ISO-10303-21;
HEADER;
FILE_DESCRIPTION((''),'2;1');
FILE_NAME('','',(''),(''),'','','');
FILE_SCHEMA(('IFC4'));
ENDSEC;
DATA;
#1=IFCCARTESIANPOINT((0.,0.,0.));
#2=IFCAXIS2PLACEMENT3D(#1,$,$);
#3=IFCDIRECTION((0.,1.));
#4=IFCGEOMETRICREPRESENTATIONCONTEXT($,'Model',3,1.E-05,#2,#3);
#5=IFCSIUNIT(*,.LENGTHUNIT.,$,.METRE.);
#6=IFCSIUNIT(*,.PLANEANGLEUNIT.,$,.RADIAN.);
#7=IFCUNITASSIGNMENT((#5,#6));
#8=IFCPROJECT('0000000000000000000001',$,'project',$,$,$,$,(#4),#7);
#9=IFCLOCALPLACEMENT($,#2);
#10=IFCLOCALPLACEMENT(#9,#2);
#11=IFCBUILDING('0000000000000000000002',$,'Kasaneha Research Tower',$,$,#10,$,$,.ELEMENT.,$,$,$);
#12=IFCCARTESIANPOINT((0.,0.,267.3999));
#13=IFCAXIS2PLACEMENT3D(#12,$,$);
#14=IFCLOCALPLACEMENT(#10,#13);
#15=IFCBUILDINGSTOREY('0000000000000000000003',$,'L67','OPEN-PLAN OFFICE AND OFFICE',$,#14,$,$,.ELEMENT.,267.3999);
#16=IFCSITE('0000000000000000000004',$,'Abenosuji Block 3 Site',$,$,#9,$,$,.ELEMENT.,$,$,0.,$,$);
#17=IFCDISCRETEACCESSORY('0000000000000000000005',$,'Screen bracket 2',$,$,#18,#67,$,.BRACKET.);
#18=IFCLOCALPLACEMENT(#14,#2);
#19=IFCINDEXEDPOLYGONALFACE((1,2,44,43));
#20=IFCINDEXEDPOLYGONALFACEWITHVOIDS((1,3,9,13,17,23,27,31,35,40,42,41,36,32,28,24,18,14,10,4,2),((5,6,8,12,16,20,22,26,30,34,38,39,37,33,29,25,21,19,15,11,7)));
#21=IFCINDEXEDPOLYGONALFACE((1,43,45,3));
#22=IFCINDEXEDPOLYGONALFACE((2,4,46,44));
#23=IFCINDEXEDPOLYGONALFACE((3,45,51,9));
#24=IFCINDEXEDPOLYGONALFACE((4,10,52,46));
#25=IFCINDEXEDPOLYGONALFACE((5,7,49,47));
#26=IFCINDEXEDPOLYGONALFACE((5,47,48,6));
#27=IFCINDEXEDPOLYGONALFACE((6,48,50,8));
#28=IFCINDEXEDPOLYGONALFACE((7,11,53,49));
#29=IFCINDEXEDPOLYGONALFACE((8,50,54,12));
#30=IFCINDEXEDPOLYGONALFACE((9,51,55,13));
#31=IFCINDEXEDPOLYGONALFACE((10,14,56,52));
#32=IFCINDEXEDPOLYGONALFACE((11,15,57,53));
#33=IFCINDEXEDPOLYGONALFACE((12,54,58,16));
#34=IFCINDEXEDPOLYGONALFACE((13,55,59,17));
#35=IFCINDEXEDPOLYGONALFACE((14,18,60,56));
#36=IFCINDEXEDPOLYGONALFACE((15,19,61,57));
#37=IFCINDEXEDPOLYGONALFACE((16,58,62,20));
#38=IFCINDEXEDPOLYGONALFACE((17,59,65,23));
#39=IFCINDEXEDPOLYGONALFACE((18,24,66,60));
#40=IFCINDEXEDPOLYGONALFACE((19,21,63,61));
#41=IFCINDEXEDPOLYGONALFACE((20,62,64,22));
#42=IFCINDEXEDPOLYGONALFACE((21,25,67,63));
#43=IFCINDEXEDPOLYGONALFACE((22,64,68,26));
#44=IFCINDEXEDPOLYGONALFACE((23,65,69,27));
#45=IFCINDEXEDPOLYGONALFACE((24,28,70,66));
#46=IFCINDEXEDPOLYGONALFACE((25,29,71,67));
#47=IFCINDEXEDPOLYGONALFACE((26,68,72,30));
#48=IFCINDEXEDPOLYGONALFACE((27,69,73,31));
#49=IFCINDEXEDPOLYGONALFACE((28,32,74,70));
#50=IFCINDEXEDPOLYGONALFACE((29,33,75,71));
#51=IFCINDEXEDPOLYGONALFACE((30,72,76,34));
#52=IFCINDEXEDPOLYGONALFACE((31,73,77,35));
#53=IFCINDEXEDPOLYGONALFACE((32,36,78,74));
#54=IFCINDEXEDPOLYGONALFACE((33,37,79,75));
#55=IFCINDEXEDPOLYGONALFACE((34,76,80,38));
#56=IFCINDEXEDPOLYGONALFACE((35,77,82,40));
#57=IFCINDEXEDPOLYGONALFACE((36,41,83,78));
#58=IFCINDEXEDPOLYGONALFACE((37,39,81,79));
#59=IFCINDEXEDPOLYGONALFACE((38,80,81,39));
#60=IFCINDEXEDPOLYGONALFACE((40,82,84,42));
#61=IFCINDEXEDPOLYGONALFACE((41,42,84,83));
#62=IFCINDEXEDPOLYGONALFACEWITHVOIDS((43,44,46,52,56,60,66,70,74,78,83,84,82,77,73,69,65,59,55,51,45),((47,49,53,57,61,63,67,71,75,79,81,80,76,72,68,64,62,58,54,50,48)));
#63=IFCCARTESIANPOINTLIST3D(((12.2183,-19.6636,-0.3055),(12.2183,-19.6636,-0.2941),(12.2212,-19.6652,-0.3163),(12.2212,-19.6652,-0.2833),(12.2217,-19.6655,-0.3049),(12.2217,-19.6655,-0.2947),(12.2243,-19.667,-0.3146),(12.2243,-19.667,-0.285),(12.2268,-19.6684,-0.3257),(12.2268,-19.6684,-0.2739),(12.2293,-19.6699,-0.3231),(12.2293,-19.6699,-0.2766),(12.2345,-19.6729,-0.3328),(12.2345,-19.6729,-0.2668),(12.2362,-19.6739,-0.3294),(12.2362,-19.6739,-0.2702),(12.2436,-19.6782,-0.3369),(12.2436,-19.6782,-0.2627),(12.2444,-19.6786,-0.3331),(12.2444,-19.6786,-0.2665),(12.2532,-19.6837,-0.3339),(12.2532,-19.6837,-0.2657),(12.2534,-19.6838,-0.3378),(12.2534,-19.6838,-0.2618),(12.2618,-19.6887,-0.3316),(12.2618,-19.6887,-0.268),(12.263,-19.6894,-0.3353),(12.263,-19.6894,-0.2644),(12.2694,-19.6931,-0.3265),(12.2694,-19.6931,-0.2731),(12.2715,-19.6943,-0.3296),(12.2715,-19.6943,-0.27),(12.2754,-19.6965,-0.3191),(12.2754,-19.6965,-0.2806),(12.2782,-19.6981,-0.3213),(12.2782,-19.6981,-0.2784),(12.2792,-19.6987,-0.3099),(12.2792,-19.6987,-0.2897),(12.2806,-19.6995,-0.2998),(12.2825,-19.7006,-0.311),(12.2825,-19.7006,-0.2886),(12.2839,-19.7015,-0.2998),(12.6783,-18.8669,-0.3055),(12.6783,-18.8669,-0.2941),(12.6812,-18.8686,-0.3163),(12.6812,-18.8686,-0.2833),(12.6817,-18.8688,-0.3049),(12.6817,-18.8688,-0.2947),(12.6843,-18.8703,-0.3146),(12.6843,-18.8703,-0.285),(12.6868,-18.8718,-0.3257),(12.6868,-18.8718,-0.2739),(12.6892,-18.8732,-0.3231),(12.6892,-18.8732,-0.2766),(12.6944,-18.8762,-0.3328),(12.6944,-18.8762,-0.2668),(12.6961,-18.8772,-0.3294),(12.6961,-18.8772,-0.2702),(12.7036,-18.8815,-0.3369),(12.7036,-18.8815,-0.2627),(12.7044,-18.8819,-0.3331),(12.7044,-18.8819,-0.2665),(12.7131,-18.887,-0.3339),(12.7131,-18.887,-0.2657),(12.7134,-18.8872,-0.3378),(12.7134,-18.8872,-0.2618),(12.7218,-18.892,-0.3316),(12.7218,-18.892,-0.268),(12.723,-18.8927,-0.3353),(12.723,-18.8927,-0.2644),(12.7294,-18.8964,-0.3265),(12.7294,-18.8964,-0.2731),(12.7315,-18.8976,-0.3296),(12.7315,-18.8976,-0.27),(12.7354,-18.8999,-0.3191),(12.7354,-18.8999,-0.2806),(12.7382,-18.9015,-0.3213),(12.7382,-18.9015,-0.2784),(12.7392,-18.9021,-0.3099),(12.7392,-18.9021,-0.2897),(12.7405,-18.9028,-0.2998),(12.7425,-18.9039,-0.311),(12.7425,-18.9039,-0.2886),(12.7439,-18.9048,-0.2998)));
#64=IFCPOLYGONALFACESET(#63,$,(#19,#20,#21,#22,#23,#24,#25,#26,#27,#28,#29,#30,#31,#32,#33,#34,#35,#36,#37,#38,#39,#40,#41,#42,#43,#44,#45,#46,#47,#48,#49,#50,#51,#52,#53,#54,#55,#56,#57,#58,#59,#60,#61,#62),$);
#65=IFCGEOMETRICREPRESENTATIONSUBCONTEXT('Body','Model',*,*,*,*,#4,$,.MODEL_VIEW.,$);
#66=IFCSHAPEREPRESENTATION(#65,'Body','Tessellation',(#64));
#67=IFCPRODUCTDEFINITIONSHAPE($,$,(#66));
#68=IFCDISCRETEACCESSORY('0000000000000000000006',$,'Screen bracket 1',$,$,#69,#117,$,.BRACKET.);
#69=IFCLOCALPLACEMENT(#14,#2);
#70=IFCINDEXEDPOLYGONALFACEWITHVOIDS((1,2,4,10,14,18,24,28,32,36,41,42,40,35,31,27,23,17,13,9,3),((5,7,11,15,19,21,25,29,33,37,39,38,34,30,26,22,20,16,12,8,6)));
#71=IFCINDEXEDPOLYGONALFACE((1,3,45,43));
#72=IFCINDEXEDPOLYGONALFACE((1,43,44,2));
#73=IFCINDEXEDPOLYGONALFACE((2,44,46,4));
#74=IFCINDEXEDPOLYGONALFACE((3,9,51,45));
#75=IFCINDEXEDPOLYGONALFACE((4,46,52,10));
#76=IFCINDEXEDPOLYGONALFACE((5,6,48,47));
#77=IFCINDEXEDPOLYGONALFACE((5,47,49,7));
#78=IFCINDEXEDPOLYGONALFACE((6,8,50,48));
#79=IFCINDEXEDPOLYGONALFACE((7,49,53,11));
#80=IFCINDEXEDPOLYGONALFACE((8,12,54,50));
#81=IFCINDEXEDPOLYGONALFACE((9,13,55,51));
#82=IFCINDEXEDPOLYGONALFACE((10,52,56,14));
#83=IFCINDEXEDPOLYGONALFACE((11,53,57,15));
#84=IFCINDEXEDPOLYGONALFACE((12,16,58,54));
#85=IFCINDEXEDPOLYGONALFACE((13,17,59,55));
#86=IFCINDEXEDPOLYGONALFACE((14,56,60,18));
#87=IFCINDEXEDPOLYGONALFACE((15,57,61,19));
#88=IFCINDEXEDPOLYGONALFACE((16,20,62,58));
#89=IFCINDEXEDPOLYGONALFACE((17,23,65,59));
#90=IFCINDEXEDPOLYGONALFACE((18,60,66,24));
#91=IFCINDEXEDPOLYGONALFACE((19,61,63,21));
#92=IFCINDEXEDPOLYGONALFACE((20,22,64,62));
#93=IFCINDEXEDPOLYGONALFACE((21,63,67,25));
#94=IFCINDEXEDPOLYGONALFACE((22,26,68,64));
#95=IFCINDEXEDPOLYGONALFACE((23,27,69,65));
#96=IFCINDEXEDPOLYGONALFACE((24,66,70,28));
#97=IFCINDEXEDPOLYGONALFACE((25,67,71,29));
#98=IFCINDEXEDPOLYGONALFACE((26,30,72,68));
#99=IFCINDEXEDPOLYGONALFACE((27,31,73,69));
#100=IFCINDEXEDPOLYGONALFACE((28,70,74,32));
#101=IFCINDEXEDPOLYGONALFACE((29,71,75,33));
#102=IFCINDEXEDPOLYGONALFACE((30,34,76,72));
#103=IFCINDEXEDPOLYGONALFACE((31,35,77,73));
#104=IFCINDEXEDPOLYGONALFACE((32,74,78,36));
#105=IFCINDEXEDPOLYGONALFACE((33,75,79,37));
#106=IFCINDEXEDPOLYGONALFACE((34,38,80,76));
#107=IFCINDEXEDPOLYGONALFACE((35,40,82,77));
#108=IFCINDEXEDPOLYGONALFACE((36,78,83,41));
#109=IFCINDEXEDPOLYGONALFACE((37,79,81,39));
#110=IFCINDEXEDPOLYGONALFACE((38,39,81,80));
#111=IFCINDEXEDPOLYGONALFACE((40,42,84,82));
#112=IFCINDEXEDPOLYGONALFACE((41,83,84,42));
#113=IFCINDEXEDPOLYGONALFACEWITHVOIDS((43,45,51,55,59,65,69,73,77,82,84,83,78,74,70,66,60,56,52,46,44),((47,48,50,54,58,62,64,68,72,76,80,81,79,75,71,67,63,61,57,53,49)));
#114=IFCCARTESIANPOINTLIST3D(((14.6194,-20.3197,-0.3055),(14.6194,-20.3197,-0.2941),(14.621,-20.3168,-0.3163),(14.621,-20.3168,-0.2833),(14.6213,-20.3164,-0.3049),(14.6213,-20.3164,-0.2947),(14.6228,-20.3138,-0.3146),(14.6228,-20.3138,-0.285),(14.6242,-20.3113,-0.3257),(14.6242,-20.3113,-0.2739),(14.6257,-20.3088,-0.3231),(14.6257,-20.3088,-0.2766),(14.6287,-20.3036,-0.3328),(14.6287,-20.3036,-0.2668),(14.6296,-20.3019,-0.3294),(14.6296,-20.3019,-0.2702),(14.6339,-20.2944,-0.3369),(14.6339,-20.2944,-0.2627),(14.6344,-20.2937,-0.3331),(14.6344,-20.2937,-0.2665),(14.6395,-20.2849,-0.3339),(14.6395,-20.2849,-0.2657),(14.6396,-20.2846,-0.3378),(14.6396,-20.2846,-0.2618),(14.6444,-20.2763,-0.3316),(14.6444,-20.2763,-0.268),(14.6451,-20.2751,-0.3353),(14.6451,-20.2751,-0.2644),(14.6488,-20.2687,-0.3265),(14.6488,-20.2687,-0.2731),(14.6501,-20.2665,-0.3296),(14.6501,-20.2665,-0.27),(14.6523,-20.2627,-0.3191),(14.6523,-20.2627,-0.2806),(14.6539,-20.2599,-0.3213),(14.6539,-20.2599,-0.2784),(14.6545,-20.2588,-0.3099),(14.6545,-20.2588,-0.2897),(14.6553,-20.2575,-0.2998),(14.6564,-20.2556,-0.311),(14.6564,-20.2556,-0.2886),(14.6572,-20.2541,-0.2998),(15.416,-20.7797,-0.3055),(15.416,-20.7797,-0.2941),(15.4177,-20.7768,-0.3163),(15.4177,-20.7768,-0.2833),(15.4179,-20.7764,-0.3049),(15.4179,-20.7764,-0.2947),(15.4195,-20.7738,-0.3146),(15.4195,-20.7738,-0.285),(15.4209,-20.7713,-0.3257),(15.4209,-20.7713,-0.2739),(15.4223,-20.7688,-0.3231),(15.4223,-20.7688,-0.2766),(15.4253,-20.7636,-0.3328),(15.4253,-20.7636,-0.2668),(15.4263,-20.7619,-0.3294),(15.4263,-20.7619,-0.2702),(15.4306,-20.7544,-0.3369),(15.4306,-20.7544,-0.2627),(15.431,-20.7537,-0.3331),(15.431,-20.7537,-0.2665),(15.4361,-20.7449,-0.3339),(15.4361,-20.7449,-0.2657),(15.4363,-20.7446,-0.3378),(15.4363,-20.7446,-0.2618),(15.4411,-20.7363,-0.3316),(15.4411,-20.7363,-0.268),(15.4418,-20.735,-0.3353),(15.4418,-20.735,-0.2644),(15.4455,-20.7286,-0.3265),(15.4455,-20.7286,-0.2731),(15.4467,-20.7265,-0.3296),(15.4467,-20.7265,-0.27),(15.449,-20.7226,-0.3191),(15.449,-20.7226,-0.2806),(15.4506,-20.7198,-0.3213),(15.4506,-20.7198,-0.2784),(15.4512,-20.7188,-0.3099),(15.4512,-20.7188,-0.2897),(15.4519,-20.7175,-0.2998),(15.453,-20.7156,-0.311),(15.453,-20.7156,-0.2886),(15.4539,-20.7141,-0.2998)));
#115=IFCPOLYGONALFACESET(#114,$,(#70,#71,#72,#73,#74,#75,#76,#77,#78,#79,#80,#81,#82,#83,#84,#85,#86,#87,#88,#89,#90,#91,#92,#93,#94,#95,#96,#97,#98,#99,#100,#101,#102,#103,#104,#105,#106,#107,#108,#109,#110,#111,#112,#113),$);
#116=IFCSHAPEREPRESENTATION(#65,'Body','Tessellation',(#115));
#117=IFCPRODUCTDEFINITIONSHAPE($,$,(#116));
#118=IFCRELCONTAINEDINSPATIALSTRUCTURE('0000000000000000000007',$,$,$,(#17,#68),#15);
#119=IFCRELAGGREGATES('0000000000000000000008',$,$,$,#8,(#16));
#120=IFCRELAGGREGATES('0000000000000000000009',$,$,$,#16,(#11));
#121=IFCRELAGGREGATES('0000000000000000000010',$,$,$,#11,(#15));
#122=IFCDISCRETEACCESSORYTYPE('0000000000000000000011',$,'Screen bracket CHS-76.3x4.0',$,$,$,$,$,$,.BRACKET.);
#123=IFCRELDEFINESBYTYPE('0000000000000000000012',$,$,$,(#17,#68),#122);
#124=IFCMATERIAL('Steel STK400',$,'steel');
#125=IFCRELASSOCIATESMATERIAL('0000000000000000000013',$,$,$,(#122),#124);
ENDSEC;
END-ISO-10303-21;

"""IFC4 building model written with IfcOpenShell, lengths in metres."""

from ifc_helpers import new_model, si_unit, direction, frame, origin, origin_2d, place, context, subcontext, project, spatial, hollow_circle, extrude, material, material_profile, profile_set, type_object, element, save


model = new_model("IFC4")

# Units and contexts
model_context = context("Model", 3, precision=1e-05, world=origin(), true_north=direction((0.0, 1.0)))
body_context = subcontext(model_context, "Body", "Model", "MODEL_VIEW")
ifc_project = project(units=[si_unit("LENGTHUNIT", "METRE"), si_unit("PLANEANGLEUNIT", "RADIAN")], contexts=[model_context])

# Site, building, storey
site_placement = place(None, origin())
site = spatial("IfcSite", under=ifc_project, at=site_placement, Name="Abenosuji Block 3 Site", CompositionType="ELEMENT", RefElevation=0.0)
building_placement = place(site_placement, origin())
building = spatial("IfcBuilding", under=site, at=building_placement, Name="Kasaneha Research Tower", CompositionType="ELEMENT")
storey_placement = place(building_placement, frame((0.0, 0.0, 267.3999)))
storey = spatial("IfcBuildingStorey", under=building, at=storey_placement, Name="L67", Description="OPEN-PLAN OFFICE AND OFFICE", CompositionType="ELEMENT", Elevation=267.3999)

# Discrete accessories
ifc_material_1 = material(Name="Steel STK400", Category="steel")
ifc_material_profile_1 = material_profile(ifc_material_1, hollow_circle(Radius=0.0381, WallThickness=0.0039, at=origin_2d()), Name="CHS-76.3x4.0")
ifc_profile_set_1 = profile_set([ifc_material_profile_1], Name="Steel STK400")
discrete_accessory_type = type_object("IfcDiscreteAccessoryType", Name="Screen bracket CHS-76.3x4.0", PredefinedType="BRACKET", material=ifc_profile_set_1)
for number, where, z_axis, x_axis, name in (
    (1, (12.7109, -18.8857, -0.2998), (-0.500021, -0.866013, 0.0), (0.866013, -0.500021, 0.0), "Screen bracket 2"),
    (2, (14.6382, -20.2871, -0.2998), (0.866013, -0.500021, 0.0), (0.500021, 0.866013, 0.0), "Screen bracket 1"),
):
    element("IfcDiscreteAccessory", number, at=place(storey_placement, frame(where, z_axis=z_axis, x_axis=x_axis)), inside=storey, type_object=discrete_accessory_type, Name=name, PredefinedType="BRACKET", context=body_context, shape_type="SweptSolid", body=[
        extrude(hollow_circle(Radius=0.0381, WallThickness=0.0039, at=origin_2d()), origin(), (0.0, 0.0, 1.0), 0.9199),
    ])

save(model, "model.ifc")
